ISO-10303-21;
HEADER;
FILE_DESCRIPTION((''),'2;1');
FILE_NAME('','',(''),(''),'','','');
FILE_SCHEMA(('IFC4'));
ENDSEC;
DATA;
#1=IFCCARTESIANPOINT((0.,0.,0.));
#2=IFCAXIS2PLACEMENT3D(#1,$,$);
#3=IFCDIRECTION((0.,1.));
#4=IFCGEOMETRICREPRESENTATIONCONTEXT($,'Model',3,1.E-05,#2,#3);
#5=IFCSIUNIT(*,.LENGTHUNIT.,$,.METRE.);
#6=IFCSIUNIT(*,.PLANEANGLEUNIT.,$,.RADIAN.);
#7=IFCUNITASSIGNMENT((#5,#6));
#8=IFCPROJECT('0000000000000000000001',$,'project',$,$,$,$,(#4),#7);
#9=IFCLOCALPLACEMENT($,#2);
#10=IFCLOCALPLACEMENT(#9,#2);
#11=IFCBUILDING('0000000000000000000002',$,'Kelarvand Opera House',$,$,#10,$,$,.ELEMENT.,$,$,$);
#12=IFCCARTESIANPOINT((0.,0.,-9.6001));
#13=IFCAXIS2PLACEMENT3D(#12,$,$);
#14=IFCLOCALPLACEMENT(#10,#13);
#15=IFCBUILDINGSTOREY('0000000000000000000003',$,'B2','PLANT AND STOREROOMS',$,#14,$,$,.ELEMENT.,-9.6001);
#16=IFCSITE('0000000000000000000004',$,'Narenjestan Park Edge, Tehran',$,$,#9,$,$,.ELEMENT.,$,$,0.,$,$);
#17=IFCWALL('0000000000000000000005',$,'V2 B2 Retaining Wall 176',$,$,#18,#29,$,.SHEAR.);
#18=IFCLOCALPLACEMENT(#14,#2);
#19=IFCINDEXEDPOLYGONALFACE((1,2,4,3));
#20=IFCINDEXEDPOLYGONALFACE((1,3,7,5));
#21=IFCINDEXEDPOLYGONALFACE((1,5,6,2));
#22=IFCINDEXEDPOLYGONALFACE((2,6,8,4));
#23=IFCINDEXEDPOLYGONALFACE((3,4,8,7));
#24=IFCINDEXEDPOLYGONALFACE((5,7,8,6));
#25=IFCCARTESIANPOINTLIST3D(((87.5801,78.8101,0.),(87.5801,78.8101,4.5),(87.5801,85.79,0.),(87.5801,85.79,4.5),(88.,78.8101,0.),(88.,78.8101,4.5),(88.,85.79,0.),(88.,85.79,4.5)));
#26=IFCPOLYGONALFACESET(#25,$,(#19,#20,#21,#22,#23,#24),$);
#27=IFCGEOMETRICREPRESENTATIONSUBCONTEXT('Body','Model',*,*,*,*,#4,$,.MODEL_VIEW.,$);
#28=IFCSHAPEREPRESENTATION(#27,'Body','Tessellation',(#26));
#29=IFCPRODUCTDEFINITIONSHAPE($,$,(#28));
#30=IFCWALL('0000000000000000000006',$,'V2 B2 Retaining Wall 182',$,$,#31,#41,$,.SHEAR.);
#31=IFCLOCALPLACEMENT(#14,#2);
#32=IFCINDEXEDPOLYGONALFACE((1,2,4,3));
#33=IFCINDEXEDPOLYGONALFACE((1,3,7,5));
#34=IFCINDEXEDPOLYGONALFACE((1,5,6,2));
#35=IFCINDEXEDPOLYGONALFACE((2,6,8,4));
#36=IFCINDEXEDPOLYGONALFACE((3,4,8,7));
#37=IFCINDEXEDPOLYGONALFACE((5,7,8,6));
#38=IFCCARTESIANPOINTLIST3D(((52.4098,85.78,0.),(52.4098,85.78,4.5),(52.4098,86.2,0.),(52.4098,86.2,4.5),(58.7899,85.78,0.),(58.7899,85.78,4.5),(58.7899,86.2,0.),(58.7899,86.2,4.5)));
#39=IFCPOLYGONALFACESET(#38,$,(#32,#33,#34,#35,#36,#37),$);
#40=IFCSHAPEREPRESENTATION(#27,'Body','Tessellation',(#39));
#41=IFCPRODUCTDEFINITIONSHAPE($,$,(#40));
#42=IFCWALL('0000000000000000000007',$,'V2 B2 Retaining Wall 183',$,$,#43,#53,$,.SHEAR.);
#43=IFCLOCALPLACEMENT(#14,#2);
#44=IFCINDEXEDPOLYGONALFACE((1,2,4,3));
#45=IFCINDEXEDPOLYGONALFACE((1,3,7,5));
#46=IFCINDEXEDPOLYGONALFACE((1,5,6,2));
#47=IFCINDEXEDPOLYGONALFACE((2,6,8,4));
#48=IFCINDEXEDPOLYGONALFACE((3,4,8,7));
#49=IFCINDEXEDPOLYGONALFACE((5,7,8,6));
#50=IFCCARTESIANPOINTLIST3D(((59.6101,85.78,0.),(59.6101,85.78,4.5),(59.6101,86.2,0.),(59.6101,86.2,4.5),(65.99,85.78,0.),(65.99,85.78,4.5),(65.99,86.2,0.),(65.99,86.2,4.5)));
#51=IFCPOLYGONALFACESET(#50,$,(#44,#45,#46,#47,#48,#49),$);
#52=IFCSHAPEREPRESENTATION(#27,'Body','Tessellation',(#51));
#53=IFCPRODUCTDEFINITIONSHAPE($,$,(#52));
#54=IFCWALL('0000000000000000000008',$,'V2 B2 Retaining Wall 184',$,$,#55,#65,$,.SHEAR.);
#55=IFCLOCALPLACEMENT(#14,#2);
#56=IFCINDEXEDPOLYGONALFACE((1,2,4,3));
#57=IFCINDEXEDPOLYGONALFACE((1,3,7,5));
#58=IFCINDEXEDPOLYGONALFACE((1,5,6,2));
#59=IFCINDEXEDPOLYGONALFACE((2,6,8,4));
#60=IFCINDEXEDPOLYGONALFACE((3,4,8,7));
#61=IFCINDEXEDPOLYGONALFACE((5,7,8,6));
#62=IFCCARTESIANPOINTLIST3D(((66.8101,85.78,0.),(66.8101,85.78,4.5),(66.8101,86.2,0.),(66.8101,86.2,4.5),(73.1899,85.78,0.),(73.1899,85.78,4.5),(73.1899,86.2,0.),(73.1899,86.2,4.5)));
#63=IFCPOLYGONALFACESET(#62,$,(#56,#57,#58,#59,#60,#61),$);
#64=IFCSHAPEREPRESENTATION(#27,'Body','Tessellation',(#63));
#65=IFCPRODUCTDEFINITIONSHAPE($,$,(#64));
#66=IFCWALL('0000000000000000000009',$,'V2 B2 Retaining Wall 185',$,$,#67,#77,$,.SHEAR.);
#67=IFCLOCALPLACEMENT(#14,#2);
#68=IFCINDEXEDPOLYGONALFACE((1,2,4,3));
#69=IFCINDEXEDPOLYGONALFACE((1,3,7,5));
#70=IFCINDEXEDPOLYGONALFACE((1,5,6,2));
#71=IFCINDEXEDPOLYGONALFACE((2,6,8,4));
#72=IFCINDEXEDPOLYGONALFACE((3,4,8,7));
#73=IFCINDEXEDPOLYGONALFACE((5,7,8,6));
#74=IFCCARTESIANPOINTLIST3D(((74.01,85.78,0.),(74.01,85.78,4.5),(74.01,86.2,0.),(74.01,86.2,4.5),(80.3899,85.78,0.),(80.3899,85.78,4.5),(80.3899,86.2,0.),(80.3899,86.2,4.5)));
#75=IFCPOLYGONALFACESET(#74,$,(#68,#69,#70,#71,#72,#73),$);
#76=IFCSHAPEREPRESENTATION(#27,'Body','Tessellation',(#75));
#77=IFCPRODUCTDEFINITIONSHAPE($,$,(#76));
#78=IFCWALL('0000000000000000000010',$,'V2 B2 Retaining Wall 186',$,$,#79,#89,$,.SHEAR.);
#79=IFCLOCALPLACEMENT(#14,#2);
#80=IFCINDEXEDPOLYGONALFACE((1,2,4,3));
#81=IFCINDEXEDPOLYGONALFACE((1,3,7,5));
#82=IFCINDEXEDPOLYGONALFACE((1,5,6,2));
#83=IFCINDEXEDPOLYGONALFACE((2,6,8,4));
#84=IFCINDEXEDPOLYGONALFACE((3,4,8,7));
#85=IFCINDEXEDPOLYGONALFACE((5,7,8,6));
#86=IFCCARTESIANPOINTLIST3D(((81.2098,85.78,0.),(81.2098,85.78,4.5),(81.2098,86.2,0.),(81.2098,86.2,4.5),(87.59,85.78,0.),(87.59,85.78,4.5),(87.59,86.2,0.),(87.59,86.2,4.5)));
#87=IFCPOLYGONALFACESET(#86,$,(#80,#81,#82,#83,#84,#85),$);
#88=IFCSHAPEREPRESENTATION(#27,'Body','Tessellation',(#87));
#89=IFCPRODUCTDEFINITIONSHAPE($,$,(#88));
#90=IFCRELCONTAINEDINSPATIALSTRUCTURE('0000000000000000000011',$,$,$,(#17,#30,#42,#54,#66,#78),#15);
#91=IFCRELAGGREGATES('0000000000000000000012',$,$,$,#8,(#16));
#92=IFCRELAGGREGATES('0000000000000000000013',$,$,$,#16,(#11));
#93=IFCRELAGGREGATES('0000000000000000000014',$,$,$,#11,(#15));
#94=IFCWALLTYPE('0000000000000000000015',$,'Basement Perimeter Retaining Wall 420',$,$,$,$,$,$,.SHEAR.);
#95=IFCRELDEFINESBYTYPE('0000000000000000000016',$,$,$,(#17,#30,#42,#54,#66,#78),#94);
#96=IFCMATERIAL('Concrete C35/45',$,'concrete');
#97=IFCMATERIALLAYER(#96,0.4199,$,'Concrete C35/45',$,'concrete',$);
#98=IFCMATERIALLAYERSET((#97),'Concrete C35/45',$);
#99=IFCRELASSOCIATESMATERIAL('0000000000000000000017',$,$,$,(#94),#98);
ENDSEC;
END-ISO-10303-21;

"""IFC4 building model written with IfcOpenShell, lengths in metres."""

from ifc_helpers import new_model, si_unit, direction, frame, frame_2d, origin, place, context, subcontext, project, spatial, rectangle, extrude, material, layer, layer_set, type_object, element, save


model = new_model("IFC4")

# Units and contexts
model_context = context("Model", 3, precision=1e-05, world=origin(), true_north=direction((0.0, 1.0)))
body_context = subcontext(model_context, "Body", "Model", "MODEL_VIEW")
ifc_project = project(units=[si_unit("LENGTHUNIT", "METRE"), si_unit("PLANEANGLEUNIT", "RADIAN")], contexts=[model_context])

# Site, building, storey
site_placement = place(None, origin())
site = spatial("IfcSite", under=ifc_project, at=site_placement, Name="Narenjestan Park Edge, Tehran", CompositionType="ELEMENT", RefElevation=0.0)
building_placement = place(site_placement, origin())
building = spatial("IfcBuilding", under=site, at=building_placement, Name="Kelarvand Opera House", CompositionType="ELEMENT")
storey_placement = place(building_placement, frame((0.0, 0.0, -9.6001)))
storey = spatial("IfcBuildingStorey", under=building, at=storey_placement, Name="B2", Description="PLANT AND STOREROOMS", CompositionType="ELEMENT", Elevation=-9.6001)

# Walls
ifc_material_1 = material(Name="Concrete C35/45", Category="concrete")
ifc_layer = layer(ifc_material_1, 0.4199, Name="Concrete C35/45", Category="concrete")
ifc_layer_set = layer_set([ifc_layer], Name="Concrete C35/45")
wall_type = type_object("IfcWallType", Name="Basement Perimeter Retaining Wall 420", PredefinedType="SHEAR", material=ifc_layer_set)
wall_1_placement = place(storey_placement, frame((87.79, 85.79, 0.0), z_axis=(0.0, 0.0, 1.0), x_axis=(0.0, -1.0, 0.0)))
element("IfcWall", 1, at=wall_1_placement, inside=storey, type_object=wall_type, Name="V2 B2 Retaining Wall 176", PredefinedType="SHEAR", context=body_context, shape_type="SweptSolid", body=[
    extrude(rectangle(XDim=6.98, YDim=0.4199, at=frame_2d((3.49, 0.0))), origin(), (0.0, 0.0, 1.0), 4.5),
])
wall_2_placement = place(storey_placement, frame((52.4099, 85.99, 0.0), z_axis=(0.0, 0.0, 1.0), x_axis=(1.0, 0.0, 0.0)))
element("IfcWall", 2, at=wall_2_placement, inside=storey, type_object=wall_type, Name="V2 B2 Retaining Wall 182", PredefinedType="SHEAR", context=body_context, shape_type="SweptSolid", body=[
    extrude(rectangle(XDim=6.3801, YDim=0.4199, at=frame_2d((3.1899, 0.0))), origin(), (0.0, 0.0, 1.0), 4.5),
])
for number, where, z_axis, x_axis, name in (
    (3, (59.6101, 85.99, 0.0), (0.0, 0.0, 1.0), (1.0, 0.0, 0.0), "V2 B2 Retaining Wall 183"),
    (4, (66.8101, 85.99, 0.0), (0.0, 0.0, 1.0), (1.0, 0.0, 0.0), "V2 B2 Retaining Wall 184"),
    (5, (74.01, 85.99, 0.0), (0.0, 0.0, 1.0), (1.0, 0.0, 0.0), "V2 B2 Retaining Wall 185"),
):
    element("IfcWall", number, at=place(storey_placement, frame(where, z_axis=z_axis, x_axis=x_axis)), inside=storey, type_object=wall_type, Name=name, PredefinedType="SHEAR", context=body_context, shape_type="SweptSolid", body=[
        extrude(rectangle(XDim=6.3799, YDim=0.4199, at=frame_2d((3.1899, 0.0))), origin(), (0.0, 0.0, 1.0), 4.5),
    ])
wall_3_placement = place(storey_placement, frame((81.21, 85.99, 0.0), z_axis=(0.0, 0.0, 1.0), x_axis=(1.0, 0.0, 0.0)))
element("IfcWall", 6, at=wall_3_placement, inside=storey, type_object=wall_type, Name="V2 B2 Retaining Wall 186", PredefinedType="SHEAR", context=body_context, shape_type="SweptSolid", body=[
    extrude(rectangle(XDim=6.3801, YDim=0.4199, at=frame_2d((3.1899, 0.0))), origin(), (0.0, 0.0, 1.0), 4.5),
])

save(model, "model.ifc")
